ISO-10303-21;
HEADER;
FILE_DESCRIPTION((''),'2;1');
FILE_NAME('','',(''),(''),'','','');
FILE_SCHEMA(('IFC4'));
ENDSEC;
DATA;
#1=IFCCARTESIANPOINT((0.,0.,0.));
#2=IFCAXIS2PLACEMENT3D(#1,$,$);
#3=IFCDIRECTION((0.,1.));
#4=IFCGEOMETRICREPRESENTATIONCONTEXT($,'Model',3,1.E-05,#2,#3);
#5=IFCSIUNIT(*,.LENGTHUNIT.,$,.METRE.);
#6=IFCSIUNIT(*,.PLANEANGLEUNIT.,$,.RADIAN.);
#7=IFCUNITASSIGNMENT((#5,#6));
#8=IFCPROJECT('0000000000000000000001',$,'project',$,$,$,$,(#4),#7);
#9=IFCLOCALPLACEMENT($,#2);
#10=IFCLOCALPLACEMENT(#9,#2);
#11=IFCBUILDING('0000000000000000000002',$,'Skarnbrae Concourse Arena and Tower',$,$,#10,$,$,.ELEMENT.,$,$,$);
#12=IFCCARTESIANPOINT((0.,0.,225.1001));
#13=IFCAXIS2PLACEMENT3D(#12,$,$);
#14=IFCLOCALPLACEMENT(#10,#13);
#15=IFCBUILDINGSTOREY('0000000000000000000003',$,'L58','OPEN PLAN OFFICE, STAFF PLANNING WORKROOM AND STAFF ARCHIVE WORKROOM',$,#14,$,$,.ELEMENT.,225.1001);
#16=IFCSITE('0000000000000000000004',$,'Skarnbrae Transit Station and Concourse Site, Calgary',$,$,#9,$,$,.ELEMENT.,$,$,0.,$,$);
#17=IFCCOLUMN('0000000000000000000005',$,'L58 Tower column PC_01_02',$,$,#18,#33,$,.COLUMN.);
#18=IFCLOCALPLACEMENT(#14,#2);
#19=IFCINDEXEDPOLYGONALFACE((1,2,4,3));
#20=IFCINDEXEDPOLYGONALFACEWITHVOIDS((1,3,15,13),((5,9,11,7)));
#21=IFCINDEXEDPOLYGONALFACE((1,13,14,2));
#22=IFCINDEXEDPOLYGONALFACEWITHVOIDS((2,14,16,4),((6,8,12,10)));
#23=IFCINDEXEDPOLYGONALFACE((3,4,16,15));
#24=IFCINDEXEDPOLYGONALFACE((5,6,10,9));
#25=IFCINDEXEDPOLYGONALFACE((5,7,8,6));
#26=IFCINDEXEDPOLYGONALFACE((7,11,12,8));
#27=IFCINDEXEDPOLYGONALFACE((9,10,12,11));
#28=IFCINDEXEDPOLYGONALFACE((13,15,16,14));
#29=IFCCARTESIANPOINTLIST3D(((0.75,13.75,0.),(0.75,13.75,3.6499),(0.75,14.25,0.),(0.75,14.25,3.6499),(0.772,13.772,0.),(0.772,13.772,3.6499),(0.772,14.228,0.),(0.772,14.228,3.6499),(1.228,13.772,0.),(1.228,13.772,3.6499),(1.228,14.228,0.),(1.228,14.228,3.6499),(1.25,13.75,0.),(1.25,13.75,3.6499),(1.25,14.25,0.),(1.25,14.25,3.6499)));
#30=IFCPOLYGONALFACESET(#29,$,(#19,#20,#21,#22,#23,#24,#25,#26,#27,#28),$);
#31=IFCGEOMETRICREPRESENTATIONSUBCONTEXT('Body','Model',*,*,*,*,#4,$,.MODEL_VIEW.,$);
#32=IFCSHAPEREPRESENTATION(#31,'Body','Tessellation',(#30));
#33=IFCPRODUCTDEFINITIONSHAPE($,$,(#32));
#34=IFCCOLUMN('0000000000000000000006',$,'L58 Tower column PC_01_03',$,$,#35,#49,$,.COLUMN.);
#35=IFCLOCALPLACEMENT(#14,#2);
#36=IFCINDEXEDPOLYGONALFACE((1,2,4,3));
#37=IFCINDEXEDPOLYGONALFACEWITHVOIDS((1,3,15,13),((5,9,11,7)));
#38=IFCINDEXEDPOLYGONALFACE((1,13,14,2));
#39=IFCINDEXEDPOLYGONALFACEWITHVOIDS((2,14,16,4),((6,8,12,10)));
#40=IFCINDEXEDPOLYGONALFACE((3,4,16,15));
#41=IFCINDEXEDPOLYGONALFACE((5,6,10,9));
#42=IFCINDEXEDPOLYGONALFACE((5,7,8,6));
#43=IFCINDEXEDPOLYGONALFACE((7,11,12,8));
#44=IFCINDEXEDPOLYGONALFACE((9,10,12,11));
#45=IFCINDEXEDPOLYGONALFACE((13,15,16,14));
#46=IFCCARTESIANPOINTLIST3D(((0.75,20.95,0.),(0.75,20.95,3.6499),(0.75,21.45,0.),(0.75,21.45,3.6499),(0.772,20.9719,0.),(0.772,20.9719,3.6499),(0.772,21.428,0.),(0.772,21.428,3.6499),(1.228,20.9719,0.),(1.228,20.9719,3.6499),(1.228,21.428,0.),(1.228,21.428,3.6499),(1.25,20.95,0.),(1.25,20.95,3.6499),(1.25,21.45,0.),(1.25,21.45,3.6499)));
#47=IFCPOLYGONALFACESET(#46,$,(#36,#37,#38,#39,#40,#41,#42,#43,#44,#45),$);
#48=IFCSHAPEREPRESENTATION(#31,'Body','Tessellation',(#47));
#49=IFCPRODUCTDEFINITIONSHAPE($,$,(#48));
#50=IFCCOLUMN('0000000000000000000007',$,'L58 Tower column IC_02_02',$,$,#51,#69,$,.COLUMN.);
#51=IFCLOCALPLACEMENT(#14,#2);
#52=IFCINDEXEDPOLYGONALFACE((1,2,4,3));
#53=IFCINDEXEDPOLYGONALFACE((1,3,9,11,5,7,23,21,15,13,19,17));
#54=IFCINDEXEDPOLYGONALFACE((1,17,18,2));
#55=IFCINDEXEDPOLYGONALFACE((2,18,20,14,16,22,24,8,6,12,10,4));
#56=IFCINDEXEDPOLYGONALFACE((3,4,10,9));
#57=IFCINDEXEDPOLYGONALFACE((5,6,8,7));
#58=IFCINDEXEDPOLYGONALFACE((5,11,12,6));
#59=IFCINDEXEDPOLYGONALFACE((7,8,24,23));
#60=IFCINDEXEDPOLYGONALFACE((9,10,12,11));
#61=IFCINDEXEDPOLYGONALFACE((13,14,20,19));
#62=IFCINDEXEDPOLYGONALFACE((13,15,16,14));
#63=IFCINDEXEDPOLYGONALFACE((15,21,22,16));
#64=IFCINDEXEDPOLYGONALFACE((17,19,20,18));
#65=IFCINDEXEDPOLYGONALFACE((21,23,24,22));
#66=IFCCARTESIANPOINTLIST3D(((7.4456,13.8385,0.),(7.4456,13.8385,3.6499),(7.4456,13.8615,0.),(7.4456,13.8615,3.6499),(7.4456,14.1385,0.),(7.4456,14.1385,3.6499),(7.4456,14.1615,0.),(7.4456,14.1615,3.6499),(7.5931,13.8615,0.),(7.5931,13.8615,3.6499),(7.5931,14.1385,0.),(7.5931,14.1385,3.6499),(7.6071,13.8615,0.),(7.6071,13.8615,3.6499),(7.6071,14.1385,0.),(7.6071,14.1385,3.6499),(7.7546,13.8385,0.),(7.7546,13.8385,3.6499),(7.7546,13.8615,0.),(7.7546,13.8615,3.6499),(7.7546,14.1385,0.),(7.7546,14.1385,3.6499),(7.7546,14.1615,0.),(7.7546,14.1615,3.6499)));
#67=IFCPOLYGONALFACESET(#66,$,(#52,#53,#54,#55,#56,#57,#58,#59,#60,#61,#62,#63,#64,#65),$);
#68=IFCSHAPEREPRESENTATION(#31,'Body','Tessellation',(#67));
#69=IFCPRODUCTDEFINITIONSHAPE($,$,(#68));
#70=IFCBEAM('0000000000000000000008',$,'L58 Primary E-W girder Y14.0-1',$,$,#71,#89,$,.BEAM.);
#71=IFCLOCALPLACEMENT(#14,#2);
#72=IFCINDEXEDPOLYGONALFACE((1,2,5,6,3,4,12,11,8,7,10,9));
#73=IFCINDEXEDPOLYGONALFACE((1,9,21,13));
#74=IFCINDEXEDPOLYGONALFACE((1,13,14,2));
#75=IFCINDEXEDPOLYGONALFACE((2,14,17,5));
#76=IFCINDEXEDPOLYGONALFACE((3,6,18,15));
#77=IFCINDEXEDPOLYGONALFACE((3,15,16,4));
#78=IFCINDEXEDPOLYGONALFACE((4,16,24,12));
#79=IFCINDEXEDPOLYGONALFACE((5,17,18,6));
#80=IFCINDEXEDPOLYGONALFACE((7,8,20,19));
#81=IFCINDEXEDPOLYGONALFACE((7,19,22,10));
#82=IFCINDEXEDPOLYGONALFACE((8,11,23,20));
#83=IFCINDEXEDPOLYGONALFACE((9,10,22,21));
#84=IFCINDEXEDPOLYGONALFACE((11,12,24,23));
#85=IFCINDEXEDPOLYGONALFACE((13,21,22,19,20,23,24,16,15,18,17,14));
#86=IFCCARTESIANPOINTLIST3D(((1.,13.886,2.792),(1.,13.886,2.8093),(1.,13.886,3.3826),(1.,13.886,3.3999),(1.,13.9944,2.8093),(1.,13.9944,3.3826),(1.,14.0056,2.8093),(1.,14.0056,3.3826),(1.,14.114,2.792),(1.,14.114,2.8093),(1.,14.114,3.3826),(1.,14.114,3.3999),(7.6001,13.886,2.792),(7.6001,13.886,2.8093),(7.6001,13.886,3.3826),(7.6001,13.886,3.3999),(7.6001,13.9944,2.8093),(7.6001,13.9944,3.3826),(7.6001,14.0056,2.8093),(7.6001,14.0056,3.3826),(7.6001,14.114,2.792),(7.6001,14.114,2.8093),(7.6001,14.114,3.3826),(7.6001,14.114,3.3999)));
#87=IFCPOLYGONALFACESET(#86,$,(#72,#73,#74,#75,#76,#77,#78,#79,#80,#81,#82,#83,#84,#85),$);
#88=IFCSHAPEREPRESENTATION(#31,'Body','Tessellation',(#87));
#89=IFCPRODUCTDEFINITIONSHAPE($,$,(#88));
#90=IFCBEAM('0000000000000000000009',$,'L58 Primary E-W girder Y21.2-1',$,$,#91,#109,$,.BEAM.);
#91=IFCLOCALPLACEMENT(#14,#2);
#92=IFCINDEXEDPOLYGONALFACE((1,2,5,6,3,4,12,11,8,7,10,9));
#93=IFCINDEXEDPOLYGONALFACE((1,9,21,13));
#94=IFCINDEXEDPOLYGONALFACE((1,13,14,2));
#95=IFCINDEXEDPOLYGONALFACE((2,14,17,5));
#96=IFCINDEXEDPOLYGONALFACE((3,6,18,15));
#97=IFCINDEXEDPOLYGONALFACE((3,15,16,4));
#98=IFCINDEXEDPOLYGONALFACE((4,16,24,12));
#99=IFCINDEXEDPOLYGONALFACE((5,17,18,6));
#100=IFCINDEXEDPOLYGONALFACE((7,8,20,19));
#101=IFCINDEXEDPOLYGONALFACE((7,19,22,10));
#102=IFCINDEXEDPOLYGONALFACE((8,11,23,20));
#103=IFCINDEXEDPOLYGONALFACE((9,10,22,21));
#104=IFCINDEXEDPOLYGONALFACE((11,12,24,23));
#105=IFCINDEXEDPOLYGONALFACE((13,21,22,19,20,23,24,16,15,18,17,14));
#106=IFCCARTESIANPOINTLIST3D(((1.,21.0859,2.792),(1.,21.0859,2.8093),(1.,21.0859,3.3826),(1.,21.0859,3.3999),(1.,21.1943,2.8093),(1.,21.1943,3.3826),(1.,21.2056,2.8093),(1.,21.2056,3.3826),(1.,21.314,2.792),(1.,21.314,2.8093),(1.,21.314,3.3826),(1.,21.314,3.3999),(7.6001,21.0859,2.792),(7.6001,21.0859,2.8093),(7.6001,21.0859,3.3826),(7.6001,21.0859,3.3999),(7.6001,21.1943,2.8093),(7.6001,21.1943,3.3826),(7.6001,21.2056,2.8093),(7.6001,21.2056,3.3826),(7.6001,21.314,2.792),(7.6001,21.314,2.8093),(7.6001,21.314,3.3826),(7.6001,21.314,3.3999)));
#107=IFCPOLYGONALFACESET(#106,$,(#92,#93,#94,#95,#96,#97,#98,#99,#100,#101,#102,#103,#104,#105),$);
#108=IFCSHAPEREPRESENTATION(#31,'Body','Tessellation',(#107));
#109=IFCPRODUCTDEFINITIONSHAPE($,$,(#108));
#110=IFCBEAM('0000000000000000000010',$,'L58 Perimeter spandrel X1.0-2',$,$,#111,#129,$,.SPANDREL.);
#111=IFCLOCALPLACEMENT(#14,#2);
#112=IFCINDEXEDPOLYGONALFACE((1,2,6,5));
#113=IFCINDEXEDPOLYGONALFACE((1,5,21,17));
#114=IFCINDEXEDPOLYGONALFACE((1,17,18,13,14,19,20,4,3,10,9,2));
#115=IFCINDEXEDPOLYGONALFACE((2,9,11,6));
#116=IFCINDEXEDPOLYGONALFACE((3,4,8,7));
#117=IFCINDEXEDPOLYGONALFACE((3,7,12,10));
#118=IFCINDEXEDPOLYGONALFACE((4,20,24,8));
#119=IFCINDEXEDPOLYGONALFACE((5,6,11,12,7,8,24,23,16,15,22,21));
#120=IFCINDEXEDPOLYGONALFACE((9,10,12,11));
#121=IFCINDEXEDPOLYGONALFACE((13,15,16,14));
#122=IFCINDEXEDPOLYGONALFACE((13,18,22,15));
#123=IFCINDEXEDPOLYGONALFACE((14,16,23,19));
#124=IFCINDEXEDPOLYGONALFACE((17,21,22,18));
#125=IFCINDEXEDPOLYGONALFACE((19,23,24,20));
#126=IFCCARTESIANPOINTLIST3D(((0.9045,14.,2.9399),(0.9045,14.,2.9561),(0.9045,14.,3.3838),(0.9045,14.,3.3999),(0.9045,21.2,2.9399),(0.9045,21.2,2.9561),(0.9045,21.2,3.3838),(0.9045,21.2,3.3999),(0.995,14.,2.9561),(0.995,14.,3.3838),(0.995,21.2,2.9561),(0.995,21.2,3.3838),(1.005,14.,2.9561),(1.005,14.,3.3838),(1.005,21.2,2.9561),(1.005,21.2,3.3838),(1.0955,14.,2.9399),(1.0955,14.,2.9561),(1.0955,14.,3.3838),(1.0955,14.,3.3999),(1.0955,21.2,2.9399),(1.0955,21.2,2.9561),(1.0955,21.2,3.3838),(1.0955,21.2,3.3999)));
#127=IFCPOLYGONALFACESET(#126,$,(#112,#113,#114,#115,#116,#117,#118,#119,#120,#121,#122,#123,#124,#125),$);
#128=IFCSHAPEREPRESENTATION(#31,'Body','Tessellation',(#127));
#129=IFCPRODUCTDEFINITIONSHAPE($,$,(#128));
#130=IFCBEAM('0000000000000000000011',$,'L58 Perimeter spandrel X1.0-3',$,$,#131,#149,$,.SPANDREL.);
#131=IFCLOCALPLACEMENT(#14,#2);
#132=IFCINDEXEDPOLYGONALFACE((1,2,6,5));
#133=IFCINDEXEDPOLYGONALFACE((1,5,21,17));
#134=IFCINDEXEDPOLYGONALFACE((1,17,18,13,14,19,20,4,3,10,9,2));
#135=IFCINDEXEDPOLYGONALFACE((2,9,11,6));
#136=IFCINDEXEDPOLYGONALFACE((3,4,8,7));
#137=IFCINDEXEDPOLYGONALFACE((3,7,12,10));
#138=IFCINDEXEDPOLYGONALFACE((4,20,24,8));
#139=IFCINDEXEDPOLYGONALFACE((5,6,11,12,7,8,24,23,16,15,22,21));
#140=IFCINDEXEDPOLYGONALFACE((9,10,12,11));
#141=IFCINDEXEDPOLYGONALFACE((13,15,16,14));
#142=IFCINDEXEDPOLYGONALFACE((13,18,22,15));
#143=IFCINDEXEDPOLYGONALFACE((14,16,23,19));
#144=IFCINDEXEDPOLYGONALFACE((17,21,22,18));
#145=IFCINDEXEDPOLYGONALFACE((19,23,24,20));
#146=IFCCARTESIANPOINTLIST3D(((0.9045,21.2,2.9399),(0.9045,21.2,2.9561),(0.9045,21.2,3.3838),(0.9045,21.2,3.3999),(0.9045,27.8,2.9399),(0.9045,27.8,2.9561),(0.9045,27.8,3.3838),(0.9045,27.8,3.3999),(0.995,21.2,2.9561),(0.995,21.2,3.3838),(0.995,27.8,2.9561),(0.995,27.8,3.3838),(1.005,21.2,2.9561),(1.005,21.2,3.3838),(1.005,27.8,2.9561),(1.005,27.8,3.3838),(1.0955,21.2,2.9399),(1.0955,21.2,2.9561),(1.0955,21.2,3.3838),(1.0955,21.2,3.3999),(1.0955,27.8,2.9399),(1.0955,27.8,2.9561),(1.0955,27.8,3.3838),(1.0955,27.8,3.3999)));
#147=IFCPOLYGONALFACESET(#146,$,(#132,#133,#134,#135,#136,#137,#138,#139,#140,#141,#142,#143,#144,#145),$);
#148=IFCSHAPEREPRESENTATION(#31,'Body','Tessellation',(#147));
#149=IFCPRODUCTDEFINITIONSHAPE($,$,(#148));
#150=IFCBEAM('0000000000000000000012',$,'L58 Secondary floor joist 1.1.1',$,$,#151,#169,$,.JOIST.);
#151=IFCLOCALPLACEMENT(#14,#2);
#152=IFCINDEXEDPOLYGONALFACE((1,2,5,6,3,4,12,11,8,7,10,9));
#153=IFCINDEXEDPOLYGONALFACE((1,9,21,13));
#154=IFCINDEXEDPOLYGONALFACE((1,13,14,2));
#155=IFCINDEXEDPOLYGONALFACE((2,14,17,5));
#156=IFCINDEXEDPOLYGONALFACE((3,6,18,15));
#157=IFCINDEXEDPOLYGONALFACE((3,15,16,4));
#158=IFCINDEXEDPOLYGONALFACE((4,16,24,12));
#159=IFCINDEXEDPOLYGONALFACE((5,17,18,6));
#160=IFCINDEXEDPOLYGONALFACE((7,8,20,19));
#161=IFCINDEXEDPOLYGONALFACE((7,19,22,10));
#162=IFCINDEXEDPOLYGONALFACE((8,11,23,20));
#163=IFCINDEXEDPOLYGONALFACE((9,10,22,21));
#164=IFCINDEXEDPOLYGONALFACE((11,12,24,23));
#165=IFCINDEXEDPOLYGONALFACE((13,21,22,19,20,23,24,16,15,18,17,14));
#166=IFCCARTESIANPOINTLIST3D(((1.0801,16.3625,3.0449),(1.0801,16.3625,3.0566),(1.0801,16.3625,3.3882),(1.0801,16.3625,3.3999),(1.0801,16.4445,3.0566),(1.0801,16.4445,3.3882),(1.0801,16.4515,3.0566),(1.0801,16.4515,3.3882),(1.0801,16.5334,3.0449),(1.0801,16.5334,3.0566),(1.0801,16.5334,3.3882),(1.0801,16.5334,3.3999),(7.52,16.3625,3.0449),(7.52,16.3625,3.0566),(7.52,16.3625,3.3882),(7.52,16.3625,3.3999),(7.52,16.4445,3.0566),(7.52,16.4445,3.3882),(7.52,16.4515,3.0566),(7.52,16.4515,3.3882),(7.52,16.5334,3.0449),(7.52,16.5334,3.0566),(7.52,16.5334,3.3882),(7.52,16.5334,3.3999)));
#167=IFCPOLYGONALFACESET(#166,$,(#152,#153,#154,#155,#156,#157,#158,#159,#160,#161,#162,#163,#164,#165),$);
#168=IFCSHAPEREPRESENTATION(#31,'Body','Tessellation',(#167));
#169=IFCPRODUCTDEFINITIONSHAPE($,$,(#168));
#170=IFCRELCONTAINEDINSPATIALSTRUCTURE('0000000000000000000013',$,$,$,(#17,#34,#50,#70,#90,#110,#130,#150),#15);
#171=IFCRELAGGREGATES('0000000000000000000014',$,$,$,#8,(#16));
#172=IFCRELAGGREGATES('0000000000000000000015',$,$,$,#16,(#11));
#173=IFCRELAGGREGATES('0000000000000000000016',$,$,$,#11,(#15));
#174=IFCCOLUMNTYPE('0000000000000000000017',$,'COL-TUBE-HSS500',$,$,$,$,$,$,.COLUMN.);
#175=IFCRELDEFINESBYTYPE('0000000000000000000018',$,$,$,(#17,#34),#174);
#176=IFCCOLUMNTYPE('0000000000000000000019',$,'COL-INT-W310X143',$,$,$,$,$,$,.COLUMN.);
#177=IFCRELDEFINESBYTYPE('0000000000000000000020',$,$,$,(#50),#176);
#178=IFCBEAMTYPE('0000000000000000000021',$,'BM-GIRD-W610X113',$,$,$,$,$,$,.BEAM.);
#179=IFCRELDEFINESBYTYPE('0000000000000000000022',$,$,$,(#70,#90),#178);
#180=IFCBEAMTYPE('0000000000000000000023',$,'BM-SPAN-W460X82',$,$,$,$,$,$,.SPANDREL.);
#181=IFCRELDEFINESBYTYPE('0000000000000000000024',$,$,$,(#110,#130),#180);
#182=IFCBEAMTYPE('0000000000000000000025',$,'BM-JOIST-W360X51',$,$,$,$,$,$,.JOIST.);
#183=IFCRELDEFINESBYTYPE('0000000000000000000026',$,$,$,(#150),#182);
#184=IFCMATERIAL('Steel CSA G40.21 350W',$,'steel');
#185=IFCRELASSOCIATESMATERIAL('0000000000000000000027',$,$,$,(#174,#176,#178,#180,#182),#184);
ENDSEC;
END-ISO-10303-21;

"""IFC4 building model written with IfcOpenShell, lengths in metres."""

from ifc_helpers import new_model, si_unit, direction, frame, origin, origin_2d, place, context, subcontext, project, spatial, hollow_rectangle, i_section, extrude, source, transform, mapped, material, material_profile, profile_set, type_object, element, save


model = new_model("IFC4")

# Units and contexts
model_context = context("Model", 3, precision=1e-05, world=origin(), true_north=direction((0.0, 1.0)))
body_context = subcontext(model_context, "Body", "Model", "MODEL_VIEW")
ifc_project = project(units=[si_unit("LENGTHUNIT", "METRE"), si_unit("PLANEANGLEUNIT", "RADIAN")], contexts=[model_context])

# Site, building, storey
site_placement = place(None, origin())
site = spatial("IfcSite", under=ifc_project, at=site_placement, Name="Skarnbrae Transit Station and Concourse Site, Calgary", CompositionType="ELEMENT", RefElevation=0.0)
building_placement = place(site_placement, origin())
building = spatial("IfcBuilding", under=site, at=building_placement, Name="Skarnbrae Concourse Arena and Tower", CompositionType="ELEMENT")
storey_placement = place(building_placement, frame((0.0, 0.0, 225.1001)))
storey = spatial("IfcBuildingStorey", under=building, at=storey_placement, Name="L58", Description="OPEN PLAN OFFICE, STAFF PLANNING WORKROOM AND STAFF ARCHIVE WORKROOM", CompositionType="ELEMENT", Elevation=225.1001)

# Columns
ifc_material_1 = material(Name="Steel CSA G40.21 350W", Category="steel")
ifc_material_profile_1 = material_profile(ifc_material_1, hollow_rectangle(XDim=0.5, YDim=0.5, WallThickness=0.022, at=origin_2d()), Name="HSS500X500X22.0")
ifc_profile_set_1 = profile_set([ifc_material_profile_1], Name="Steel CSA G40.21 350W")
column_type_1 = type_object("IfcColumnType", Name="COL-TUBE-HSS500", PredefinedType="COLUMN", material=ifc_profile_set_1)
shared_shape_1 = source(origin(), body_context, "Body", "SweptSolid", [
    extrude(hollow_rectangle(XDim=0.5, YDim=0.5, WallThickness=0.022, at=origin_2d()), origin(), (0.0, 0.0, 1.0), 3.6499),
])
for number, where, z_axis, x_axis, name in (
    (1, (1.0, 14.0, 0.0), (0.0, 0.0, 1.0), (1.0, 0.0, 0.0), "L58 Tower column PC_01_02"),
    (2, (1.0, 21.2, 0.0), (0.0, 0.0, 1.0), (1.0, 0.0, 0.0), "L58 Tower column PC_01_03"),
):
    element("IfcColumn", number, at=place(storey_placement, frame(where, z_axis=z_axis, x_axis=x_axis)), inside=storey, type_object=column_type_1, Name=name, PredefinedType="COLUMN", context=body_context, shape_type="MappedRepresentation", body=[
        mapped(shared_shape_1, transform((0.0, 0.0, 0.0))),
    ])
ifc_material_profile_2 = material_profile(ifc_material_1, i_section(OverallWidth=0.3091, OverallDepth=0.323, WebThickness=0.0139, FlangeThickness=0.0229, at=origin_2d()), Name="W310X143")
ifc_profile_set_2 = profile_set([ifc_material_profile_2], Name="Steel CSA G40.21 350W")
column_type_2 = type_object("IfcColumnType", Name="COL-INT-W310X143", PredefinedType="COLUMN", material=ifc_profile_set_2)
shared_shape_2 = source(origin(), body_context, "Body", "SweptSolid", [
    extrude(i_section(OverallWidth=0.3091, OverallDepth=0.323, WebThickness=0.0139, FlangeThickness=0.0229, at=origin_2d()), origin(), (0.0, 0.0, 1.0), 3.6499),
])
column_placement = place(storey_placement, frame((7.6001, 14.0, 0.0), z_axis=(0.0, 0.0, 1.0), x_axis=(1.0, 0.0, 0.0)))
element("IfcColumn", 3, at=column_placement, inside=storey, type_object=column_type_2, Name="L58 Tower column IC_02_02", PredefinedType="COLUMN", context=body_context, shape_type="MappedRepresentation", body=[
    mapped(shared_shape_2, transform((0.0, 0.0, 0.0))),
])

# Beams
ifc_material_profile_3 = material_profile(ifc_material_1, i_section(OverallWidth=0.228, OverallDepth=0.6079, WebThickness=0.0112, FlangeThickness=0.0173, at=origin_2d()), Name="W610X113")
ifc_profile_set_3 = profile_set([ifc_material_profile_3], Name="Steel CSA G40.21 350W")
beam_type_1 = type_object("IfcBeamType", Name="BM-GIRD-W610X113", PredefinedType="BEAM", material=ifc_profile_set_3)
shared_shape_3 = source(origin(), body_context, "Body", "SweptSolid", [
    extrude(i_section(OverallWidth=0.228, OverallDepth=0.6079, WebThickness=0.0112, FlangeThickness=0.0173, at=origin_2d()), origin(), (0.0, 0.0, 1.0), 6.6001),
])
for number, where, z_axis, x_axis, name in (
    (4, (1.0, 14.0, 3.0959), (1.0, 0.0, 0.0), (0.0, 1.0, 0.0), "L58 Primary E-W girder Y14.0-1"),
    (5, (1.0, 21.2, 3.0959), (1.0, 0.0, 0.0), (0.0, 1.0, 0.0), "L58 Primary E-W girder Y21.2-1"),
):
    element("IfcBeam", number, at=place(storey_placement, frame(where, z_axis=z_axis, x_axis=x_axis)), inside=storey, type_object=beam_type_1, Name=name, PredefinedType="BEAM", context=body_context, shape_type="MappedRepresentation", body=[
        mapped(shared_shape_3, transform((0.0, 0.0, 0.0))),
    ])
ifc_material_profile_4 = material_profile(ifc_material_1, i_section(OverallWidth=0.1909, OverallDepth=0.46, WebThickness=0.01, FlangeThickness=0.0161, at=origin_2d()), Name="W460X82")
ifc_profile_set_4 = profile_set([ifc_material_profile_4], Name="Steel CSA G40.21 350W")
beam_type_2 = type_object("IfcBeamType", Name="BM-SPAN-W460X82", PredefinedType="SPANDREL", material=ifc_profile_set_4)
shared_shape_4 = source(origin(), body_context, "Body", "SweptSolid", [
    extrude(i_section(OverallWidth=0.1909, OverallDepth=0.46, WebThickness=0.01, FlangeThickness=0.0161, at=origin_2d()), origin(), (0.0, 0.0, 1.0), 7.2),
])
beam_1_placement = place(storey_placement, frame((1.0, 14.0, 3.1699), z_axis=(0.0, 1.0, 0.0), x_axis=(-1.0, 0.0, 0.0)))
element("IfcBeam", 6, at=beam_1_placement, inside=storey, type_object=beam_type_2, Name="L58 Perimeter spandrel X1.0-2", PredefinedType="SPANDREL", context=body_context, shape_type="MappedRepresentation", body=[
    mapped(shared_shape_4, transform((0.0, 0.0, 0.0))),
])
shared_shape_5 = source(origin(), body_context, "Body", "SweptSolid", [
    extrude(i_section(OverallWidth=0.1909, OverallDepth=0.46, WebThickness=0.01, FlangeThickness=0.0161, at=origin_2d()), origin(), (0.0, 0.0, 1.0), 6.6001),
])
beam_2_placement = place(storey_placement, frame((1.0, 21.2, 3.1699), z_axis=(0.0, 1.0, 0.0), x_axis=(-1.0, 0.0, 0.0)))
element("IfcBeam", 7, at=beam_2_placement, inside=storey, type_object=beam_type_2, Name="L58 Perimeter spandrel X1.0-3", PredefinedType="SPANDREL", context=body_context, shape_type="MappedRepresentation", body=[
    mapped(shared_shape_5, transform((0.0, 0.0, 0.0))),
])
ifc_material_profile_5 = material_profile(ifc_material_1, i_section(OverallWidth=0.1709, OverallDepth=0.355, WebThickness=0.0071, FlangeThickness=0.0117, at=origin_2d()), Name="W360X51")
ifc_profile_set_5 = profile_set([ifc_material_profile_5], Name="Steel CSA G40.21 350W")
beam_type_3 = type_object("IfcBeamType", Name="BM-JOIST-W360X51", PredefinedType="JOIST", material=ifc_profile_set_5)
shared_shape_6 = source(origin(), body_context, "Body", "SweptSolid", [
    extrude(i_section(OverallWidth=0.1709, OverallDepth=0.355, WebThickness=0.0071, FlangeThickness=0.0117, at=origin_2d()), origin(), (0.0, 0.0, 1.0), 6.4399),
])
for number, where, z_axis, x_axis, name in (
    (8, (1.0801, 16.448, 3.2224), (1.0, 0.0, 0.0), (0.0, 1.0, 0.0), "L58 Secondary floor joist 1.1.1"),
):
    element("IfcBeam", number, at=place(storey_placement, frame(where, z_axis=z_axis, x_axis=x_axis)), inside=storey, type_object=beam_type_3, Name=name, PredefinedType="JOIST", context=body_context, shape_type="MappedRepresentation", body=[
        mapped(shared_shape_6, transform((0.0, 0.0, 0.0))),
    ])

save(model, "model.ifc")
